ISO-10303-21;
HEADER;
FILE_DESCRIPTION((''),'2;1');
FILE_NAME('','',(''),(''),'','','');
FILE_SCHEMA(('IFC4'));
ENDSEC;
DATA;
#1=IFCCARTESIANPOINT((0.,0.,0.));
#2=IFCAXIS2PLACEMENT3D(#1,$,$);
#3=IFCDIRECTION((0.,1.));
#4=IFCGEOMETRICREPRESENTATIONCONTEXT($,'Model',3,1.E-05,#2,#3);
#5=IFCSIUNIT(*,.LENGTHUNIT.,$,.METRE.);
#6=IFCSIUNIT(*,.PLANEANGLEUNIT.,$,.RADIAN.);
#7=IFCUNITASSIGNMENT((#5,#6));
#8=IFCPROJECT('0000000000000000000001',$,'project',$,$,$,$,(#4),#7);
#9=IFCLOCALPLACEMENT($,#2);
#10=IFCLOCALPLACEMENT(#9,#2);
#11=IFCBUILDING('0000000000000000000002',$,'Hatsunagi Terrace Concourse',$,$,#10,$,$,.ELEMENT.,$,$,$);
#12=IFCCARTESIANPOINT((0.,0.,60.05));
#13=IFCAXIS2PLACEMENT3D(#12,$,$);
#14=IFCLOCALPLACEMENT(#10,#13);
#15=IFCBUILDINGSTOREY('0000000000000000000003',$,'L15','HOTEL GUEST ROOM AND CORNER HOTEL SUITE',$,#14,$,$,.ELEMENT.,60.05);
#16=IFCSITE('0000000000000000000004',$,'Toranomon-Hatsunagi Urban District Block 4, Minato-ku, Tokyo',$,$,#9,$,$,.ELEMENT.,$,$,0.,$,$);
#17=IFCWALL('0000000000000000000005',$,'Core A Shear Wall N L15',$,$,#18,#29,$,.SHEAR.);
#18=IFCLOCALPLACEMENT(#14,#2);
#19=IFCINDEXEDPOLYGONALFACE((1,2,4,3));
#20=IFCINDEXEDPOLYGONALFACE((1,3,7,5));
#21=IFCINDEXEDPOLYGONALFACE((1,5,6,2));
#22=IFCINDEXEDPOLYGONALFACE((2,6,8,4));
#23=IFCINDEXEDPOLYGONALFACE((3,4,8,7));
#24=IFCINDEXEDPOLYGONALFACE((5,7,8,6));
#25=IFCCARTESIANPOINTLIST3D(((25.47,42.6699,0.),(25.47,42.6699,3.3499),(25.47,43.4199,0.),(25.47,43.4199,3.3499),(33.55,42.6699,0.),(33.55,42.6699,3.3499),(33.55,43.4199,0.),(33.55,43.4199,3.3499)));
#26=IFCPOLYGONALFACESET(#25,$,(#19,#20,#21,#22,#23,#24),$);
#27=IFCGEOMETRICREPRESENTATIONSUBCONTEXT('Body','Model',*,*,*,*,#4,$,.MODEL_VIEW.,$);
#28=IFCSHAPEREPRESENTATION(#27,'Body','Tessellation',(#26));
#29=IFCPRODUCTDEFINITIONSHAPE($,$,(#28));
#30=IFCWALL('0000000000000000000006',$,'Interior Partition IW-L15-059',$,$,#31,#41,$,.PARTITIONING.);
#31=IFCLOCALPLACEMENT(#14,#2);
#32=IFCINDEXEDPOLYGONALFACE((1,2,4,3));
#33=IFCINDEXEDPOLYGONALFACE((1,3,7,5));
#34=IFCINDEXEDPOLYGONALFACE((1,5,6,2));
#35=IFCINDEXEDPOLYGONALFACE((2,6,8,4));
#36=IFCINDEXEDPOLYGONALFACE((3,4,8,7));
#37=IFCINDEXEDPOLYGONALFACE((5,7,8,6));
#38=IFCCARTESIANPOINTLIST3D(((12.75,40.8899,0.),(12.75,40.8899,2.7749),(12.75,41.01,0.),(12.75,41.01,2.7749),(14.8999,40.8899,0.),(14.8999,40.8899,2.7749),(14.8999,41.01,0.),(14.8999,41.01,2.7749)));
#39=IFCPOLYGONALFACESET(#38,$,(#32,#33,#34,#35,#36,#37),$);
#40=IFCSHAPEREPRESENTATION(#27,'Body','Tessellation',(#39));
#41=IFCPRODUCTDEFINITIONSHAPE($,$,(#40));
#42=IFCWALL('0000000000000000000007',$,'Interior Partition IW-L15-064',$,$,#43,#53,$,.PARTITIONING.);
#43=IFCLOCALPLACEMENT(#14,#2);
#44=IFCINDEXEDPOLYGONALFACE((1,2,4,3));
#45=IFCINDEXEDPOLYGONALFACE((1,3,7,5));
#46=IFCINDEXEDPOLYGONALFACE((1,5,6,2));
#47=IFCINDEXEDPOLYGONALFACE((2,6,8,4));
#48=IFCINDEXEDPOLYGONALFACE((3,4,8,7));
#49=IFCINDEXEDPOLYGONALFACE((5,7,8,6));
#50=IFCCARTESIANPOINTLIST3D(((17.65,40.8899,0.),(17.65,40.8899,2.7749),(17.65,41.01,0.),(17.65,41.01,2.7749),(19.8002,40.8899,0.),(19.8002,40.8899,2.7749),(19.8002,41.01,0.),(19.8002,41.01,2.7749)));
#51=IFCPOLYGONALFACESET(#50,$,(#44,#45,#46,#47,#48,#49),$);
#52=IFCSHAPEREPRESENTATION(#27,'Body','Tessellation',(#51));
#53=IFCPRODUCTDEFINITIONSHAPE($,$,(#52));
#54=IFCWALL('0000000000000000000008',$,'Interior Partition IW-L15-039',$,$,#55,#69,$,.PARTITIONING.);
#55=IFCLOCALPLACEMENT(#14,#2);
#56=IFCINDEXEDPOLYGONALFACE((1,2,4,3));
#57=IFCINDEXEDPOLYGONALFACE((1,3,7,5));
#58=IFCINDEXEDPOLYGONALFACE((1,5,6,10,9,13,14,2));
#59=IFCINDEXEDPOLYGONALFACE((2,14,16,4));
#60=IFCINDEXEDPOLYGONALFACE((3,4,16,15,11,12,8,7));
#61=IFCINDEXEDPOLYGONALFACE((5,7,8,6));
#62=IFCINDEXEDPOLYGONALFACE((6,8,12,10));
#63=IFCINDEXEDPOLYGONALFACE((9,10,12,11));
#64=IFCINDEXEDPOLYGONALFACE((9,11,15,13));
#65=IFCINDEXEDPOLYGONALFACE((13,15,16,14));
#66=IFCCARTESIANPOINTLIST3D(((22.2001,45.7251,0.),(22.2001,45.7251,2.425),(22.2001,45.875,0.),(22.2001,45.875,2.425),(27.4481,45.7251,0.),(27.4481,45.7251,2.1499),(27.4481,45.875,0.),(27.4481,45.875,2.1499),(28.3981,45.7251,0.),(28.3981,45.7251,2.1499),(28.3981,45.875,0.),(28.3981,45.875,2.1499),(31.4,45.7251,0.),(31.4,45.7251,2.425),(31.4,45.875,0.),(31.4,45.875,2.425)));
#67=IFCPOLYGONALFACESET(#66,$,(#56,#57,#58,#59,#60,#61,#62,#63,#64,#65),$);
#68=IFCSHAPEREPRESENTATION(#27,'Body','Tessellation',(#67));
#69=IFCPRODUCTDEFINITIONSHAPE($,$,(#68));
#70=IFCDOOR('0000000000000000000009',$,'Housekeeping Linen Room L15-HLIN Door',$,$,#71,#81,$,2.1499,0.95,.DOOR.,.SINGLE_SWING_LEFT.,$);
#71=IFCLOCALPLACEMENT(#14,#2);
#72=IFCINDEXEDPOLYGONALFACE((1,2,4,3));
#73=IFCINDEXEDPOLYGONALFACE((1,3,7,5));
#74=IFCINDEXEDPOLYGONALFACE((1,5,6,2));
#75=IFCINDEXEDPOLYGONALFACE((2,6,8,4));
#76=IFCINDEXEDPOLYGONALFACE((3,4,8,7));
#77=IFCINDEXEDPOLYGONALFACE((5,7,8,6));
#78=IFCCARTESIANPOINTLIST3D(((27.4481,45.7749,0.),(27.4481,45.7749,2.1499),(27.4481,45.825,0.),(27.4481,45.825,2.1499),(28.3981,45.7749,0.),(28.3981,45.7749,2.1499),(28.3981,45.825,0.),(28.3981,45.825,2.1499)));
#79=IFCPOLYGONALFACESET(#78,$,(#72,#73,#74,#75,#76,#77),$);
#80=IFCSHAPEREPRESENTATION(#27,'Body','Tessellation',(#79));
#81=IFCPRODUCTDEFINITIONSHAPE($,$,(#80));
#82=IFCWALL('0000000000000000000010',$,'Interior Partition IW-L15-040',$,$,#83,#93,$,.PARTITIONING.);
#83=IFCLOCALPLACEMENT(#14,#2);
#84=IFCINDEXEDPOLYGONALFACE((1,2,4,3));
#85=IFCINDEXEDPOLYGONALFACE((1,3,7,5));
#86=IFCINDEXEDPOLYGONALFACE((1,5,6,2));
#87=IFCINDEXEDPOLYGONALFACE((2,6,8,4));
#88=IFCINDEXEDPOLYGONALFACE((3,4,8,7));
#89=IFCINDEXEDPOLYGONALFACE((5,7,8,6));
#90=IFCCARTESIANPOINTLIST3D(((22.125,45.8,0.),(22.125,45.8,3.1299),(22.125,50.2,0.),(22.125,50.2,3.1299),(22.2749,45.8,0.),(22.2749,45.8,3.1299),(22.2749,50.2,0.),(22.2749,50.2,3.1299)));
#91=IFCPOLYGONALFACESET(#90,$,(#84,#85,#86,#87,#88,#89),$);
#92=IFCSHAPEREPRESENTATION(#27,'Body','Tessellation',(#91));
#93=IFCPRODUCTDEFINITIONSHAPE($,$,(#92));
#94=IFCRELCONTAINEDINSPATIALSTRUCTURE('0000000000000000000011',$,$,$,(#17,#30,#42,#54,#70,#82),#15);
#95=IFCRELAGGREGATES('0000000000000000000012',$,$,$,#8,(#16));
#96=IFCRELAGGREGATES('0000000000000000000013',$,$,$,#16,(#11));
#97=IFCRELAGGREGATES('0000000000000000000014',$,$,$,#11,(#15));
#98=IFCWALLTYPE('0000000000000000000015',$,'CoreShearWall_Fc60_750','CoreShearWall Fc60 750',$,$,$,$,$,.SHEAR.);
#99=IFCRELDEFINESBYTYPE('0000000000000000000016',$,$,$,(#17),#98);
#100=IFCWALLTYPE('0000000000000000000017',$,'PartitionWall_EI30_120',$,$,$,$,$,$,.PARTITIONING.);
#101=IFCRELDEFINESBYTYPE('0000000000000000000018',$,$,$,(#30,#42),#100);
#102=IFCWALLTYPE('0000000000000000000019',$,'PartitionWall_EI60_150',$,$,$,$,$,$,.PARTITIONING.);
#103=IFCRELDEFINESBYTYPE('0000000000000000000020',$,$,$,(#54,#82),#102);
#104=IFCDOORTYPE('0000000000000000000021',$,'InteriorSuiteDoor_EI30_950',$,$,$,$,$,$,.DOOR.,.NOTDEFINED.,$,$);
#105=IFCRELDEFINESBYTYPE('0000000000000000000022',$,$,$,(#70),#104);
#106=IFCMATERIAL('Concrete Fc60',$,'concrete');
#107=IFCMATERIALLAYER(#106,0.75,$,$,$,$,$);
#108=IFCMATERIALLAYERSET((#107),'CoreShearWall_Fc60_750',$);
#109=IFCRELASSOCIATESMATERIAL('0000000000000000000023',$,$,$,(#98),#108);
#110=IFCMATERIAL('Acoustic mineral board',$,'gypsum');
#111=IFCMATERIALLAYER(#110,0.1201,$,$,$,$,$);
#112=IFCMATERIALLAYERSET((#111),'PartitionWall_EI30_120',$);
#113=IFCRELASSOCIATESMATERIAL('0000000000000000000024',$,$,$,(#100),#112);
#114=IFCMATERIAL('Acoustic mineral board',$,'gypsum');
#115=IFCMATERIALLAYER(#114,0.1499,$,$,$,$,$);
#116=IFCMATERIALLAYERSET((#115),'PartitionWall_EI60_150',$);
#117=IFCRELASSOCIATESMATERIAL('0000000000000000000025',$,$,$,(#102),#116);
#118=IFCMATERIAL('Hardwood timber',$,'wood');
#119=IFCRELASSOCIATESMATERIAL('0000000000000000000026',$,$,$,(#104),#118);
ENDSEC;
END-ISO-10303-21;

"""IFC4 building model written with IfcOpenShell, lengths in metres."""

from ifc_helpers import new_model, si_unit, direction, frame, frame_2d, origin, place, context, subcontext, project, spatial, rectangle, extrude, material, layer, layer_set, type_object, element, fill, save


model = new_model("IFC4")

# Units and contexts
model_context = context("Model", 3, precision=1e-05, world=origin(), true_north=direction((0.0, 1.0)))
body_context = subcontext(model_context, "Body", "Model", "MODEL_VIEW")
ifc_project = project(units=[si_unit("LENGTHUNIT", "METRE"), si_unit("PLANEANGLEUNIT", "RADIAN")], contexts=[model_context])

# Site, building, storey
site_placement = place(None, origin())
site = spatial("IfcSite", under=ifc_project, at=site_placement, Name="Toranomon-Hatsunagi Urban District Block 4, Minato-ku, Tokyo", CompositionType="ELEMENT", RefElevation=0.0)
building_placement = place(site_placement, origin())
building = spatial("IfcBuilding", under=site, at=building_placement, Name="Hatsunagi Terrace Concourse", CompositionType="ELEMENT")
storey_placement = place(building_placement, frame((0.0, 0.0, 60.05)))
storey = spatial("IfcBuildingStorey", under=building, at=storey_placement, Name="L15", Description="HOTEL GUEST ROOM AND CORNER HOTEL SUITE", CompositionType="ELEMENT", Elevation=60.05)

# Walls
ifc_material_1 = material(Name="Concrete Fc60", Category="concrete")
ifc_layer_1 = layer(ifc_material_1, 0.75)
ifc_layer_set_1 = layer_set([ifc_layer_1], Name="CoreShearWall_Fc60_750")
wall_type_1 = type_object("IfcWallType", Name="CoreShearWall_Fc60_750", Description="CoreShearWall Fc60 750", PredefinedType="SHEAR", material=ifc_layer_set_1)
wall_1_placement = place(storey_placement, frame((25.47, 43.0449, 0.0), z_axis=(0.0, 0.0, 1.0), x_axis=(1.0, 0.0, 0.0)))
element("IfcWall", 1, at=wall_1_placement, inside=storey, type_object=wall_type_1, Name="Core A Shear Wall N L15", PredefinedType="SHEAR", context=body_context, shape_type="SweptSolid", body=[
    extrude(rectangle(XDim=8.0801, YDim=0.75, at=frame_2d((4.04, 0.0))), origin(), (0.0, 0.0, 1.0), 3.3499),
])
ifc_material_2 = material(Name="Acoustic mineral board", Category="gypsum")
ifc_layer_2 = layer(ifc_material_2, 0.1201)
ifc_layer_set_2 = layer_set([ifc_layer_2], Name="PartitionWall_EI30_120")
wall_type_2 = type_object("IfcWallType", Name="PartitionWall_EI30_120", PredefinedType="PARTITIONING", material=ifc_layer_set_2)
wall_2_placement = place(storey_placement, frame((12.75, 40.95, 0.0), z_axis=(0.0, 0.0, 1.0), x_axis=(1.0, 0.0, 0.0)))
element("IfcWall", 2, at=wall_2_placement, inside=storey, type_object=wall_type_2, Name="Interior Partition IW-L15-059", PredefinedType="PARTITIONING", context=body_context, shape_type="SweptSolid", body=[
    extrude(rectangle(XDim=2.1499, YDim=0.1201, at=frame_2d((1.075, 0.0))), origin(), (0.0, 0.0, 1.0), 2.7749),
])
wall_3_placement = place(storey_placement, frame((17.6499, 40.95, 0.0), z_axis=(0.0, 0.0, 1.0), x_axis=(1.0, 0.0, 0.0)))
element("IfcWall", 3, at=wall_3_placement, inside=storey, type_object=wall_type_2, Name="Interior Partition IW-L15-064", PredefinedType="PARTITIONING", context=body_context, shape_type="SweptSolid", body=[
    extrude(rectangle(XDim=2.1501, YDim=0.1201, at=frame_2d((1.0752, 0.0))), origin(), (0.0, 0.0, 1.0), 2.7749),
])

# Wall, opening, door
ifc_material_3 = material(Name="Acoustic mineral board", Category="gypsum")
ifc_layer_3 = layer(ifc_material_3, 0.1499)
ifc_layer_set_3 = layer_set([ifc_layer_3], Name="PartitionWall_EI60_150")
wall_type_3 = type_object("IfcWallType", Name="PartitionWall_EI60_150", PredefinedType="PARTITIONING", material=ifc_layer_set_3)
wall_4_placement = place(storey_placement, frame((22.2, 45.8, 0.0), z_axis=(0.0, 0.0, 1.0), x_axis=(1.0, 0.0, 0.0)))
wall_4 = element("IfcWall", 4, at=wall_4_placement, inside=storey, type_object=wall_type_3, Name="Interior Partition IW-L15-039", PredefinedType="PARTITIONING", context=body_context, shape_type="SweptSolid", body=[
    extrude(rectangle(XDim=9.2, YDim=0.1499, at=frame_2d((4.6001, 0.0))), origin(), (0.0, 0.0, 1.0), 2.425),
])
opening_placement = place(wall_4_placement, frame((5.248, 0.0, 0.0)))
opening = element("IfcOpeningElement", 5, at=opening_placement, cuts=wall_4, PredefinedType="OPENING", context=body_context, shape_type="SweptSolid", body=[
    extrude(rectangle(XDim=0.95, YDim=2.1499, at=frame_2d((0.4751, 1.075))), frame((0.0, 0.085, 0.0), z_axis=(0.0, -1.0, 0.0), x_axis=(1.0, 0.0, 0.0)), (0.0, 0.0, 1.0), 0.1699),
])
ifc_material_4 = material(Name="Hardwood timber", Category="wood")
door_type = type_object("IfcDoorType", Name="InteriorSuiteDoor_EI30_950", OperationType="NOTDEFINED", PredefinedType="DOOR", material=ifc_material_4)
door_placement = place(opening_placement, origin())
door = element("IfcDoor", 6, at=door_placement, inside=storey, type_object=door_type, Name="Housekeeping Linen Room L15-HLIN Door", OperationType="SINGLE_SWING_LEFT", OverallHeight=2.1499, OverallWidth=0.95, PredefinedType="DOOR", context=body_context, shape_type="SweptSolid", body=[
    extrude(rectangle(XDim=0.95, YDim=2.1499, at=frame_2d((0.4751, 1.075))), frame((0.0, 0.0249, 0.0), z_axis=(0.0, -1.0, 0.0), x_axis=(1.0, 0.0, 0.0)), (0.0, 0.0, 1.0), 0.05),
])
fill(opening, door)

# Wall
wall_5_placement = place(storey_placement, frame((22.2, 45.8, 0.0), z_axis=(0.0, 0.0, 1.0), x_axis=(0.0, 1.0, 0.0)))
element("IfcWall", 7, at=wall_5_placement, inside=storey, type_object=wall_type_3, Name="Interior Partition IW-L15-040", PredefinedType="PARTITIONING", context=body_context, shape_type="SweptSolid", body=[
    extrude(rectangle(XDim=4.3999, YDim=0.1499, at=frame_2d((2.2, 0.0))), origin(), (0.0, 0.0, 1.0), 3.1299),
])

save(model, "model.ifc")
